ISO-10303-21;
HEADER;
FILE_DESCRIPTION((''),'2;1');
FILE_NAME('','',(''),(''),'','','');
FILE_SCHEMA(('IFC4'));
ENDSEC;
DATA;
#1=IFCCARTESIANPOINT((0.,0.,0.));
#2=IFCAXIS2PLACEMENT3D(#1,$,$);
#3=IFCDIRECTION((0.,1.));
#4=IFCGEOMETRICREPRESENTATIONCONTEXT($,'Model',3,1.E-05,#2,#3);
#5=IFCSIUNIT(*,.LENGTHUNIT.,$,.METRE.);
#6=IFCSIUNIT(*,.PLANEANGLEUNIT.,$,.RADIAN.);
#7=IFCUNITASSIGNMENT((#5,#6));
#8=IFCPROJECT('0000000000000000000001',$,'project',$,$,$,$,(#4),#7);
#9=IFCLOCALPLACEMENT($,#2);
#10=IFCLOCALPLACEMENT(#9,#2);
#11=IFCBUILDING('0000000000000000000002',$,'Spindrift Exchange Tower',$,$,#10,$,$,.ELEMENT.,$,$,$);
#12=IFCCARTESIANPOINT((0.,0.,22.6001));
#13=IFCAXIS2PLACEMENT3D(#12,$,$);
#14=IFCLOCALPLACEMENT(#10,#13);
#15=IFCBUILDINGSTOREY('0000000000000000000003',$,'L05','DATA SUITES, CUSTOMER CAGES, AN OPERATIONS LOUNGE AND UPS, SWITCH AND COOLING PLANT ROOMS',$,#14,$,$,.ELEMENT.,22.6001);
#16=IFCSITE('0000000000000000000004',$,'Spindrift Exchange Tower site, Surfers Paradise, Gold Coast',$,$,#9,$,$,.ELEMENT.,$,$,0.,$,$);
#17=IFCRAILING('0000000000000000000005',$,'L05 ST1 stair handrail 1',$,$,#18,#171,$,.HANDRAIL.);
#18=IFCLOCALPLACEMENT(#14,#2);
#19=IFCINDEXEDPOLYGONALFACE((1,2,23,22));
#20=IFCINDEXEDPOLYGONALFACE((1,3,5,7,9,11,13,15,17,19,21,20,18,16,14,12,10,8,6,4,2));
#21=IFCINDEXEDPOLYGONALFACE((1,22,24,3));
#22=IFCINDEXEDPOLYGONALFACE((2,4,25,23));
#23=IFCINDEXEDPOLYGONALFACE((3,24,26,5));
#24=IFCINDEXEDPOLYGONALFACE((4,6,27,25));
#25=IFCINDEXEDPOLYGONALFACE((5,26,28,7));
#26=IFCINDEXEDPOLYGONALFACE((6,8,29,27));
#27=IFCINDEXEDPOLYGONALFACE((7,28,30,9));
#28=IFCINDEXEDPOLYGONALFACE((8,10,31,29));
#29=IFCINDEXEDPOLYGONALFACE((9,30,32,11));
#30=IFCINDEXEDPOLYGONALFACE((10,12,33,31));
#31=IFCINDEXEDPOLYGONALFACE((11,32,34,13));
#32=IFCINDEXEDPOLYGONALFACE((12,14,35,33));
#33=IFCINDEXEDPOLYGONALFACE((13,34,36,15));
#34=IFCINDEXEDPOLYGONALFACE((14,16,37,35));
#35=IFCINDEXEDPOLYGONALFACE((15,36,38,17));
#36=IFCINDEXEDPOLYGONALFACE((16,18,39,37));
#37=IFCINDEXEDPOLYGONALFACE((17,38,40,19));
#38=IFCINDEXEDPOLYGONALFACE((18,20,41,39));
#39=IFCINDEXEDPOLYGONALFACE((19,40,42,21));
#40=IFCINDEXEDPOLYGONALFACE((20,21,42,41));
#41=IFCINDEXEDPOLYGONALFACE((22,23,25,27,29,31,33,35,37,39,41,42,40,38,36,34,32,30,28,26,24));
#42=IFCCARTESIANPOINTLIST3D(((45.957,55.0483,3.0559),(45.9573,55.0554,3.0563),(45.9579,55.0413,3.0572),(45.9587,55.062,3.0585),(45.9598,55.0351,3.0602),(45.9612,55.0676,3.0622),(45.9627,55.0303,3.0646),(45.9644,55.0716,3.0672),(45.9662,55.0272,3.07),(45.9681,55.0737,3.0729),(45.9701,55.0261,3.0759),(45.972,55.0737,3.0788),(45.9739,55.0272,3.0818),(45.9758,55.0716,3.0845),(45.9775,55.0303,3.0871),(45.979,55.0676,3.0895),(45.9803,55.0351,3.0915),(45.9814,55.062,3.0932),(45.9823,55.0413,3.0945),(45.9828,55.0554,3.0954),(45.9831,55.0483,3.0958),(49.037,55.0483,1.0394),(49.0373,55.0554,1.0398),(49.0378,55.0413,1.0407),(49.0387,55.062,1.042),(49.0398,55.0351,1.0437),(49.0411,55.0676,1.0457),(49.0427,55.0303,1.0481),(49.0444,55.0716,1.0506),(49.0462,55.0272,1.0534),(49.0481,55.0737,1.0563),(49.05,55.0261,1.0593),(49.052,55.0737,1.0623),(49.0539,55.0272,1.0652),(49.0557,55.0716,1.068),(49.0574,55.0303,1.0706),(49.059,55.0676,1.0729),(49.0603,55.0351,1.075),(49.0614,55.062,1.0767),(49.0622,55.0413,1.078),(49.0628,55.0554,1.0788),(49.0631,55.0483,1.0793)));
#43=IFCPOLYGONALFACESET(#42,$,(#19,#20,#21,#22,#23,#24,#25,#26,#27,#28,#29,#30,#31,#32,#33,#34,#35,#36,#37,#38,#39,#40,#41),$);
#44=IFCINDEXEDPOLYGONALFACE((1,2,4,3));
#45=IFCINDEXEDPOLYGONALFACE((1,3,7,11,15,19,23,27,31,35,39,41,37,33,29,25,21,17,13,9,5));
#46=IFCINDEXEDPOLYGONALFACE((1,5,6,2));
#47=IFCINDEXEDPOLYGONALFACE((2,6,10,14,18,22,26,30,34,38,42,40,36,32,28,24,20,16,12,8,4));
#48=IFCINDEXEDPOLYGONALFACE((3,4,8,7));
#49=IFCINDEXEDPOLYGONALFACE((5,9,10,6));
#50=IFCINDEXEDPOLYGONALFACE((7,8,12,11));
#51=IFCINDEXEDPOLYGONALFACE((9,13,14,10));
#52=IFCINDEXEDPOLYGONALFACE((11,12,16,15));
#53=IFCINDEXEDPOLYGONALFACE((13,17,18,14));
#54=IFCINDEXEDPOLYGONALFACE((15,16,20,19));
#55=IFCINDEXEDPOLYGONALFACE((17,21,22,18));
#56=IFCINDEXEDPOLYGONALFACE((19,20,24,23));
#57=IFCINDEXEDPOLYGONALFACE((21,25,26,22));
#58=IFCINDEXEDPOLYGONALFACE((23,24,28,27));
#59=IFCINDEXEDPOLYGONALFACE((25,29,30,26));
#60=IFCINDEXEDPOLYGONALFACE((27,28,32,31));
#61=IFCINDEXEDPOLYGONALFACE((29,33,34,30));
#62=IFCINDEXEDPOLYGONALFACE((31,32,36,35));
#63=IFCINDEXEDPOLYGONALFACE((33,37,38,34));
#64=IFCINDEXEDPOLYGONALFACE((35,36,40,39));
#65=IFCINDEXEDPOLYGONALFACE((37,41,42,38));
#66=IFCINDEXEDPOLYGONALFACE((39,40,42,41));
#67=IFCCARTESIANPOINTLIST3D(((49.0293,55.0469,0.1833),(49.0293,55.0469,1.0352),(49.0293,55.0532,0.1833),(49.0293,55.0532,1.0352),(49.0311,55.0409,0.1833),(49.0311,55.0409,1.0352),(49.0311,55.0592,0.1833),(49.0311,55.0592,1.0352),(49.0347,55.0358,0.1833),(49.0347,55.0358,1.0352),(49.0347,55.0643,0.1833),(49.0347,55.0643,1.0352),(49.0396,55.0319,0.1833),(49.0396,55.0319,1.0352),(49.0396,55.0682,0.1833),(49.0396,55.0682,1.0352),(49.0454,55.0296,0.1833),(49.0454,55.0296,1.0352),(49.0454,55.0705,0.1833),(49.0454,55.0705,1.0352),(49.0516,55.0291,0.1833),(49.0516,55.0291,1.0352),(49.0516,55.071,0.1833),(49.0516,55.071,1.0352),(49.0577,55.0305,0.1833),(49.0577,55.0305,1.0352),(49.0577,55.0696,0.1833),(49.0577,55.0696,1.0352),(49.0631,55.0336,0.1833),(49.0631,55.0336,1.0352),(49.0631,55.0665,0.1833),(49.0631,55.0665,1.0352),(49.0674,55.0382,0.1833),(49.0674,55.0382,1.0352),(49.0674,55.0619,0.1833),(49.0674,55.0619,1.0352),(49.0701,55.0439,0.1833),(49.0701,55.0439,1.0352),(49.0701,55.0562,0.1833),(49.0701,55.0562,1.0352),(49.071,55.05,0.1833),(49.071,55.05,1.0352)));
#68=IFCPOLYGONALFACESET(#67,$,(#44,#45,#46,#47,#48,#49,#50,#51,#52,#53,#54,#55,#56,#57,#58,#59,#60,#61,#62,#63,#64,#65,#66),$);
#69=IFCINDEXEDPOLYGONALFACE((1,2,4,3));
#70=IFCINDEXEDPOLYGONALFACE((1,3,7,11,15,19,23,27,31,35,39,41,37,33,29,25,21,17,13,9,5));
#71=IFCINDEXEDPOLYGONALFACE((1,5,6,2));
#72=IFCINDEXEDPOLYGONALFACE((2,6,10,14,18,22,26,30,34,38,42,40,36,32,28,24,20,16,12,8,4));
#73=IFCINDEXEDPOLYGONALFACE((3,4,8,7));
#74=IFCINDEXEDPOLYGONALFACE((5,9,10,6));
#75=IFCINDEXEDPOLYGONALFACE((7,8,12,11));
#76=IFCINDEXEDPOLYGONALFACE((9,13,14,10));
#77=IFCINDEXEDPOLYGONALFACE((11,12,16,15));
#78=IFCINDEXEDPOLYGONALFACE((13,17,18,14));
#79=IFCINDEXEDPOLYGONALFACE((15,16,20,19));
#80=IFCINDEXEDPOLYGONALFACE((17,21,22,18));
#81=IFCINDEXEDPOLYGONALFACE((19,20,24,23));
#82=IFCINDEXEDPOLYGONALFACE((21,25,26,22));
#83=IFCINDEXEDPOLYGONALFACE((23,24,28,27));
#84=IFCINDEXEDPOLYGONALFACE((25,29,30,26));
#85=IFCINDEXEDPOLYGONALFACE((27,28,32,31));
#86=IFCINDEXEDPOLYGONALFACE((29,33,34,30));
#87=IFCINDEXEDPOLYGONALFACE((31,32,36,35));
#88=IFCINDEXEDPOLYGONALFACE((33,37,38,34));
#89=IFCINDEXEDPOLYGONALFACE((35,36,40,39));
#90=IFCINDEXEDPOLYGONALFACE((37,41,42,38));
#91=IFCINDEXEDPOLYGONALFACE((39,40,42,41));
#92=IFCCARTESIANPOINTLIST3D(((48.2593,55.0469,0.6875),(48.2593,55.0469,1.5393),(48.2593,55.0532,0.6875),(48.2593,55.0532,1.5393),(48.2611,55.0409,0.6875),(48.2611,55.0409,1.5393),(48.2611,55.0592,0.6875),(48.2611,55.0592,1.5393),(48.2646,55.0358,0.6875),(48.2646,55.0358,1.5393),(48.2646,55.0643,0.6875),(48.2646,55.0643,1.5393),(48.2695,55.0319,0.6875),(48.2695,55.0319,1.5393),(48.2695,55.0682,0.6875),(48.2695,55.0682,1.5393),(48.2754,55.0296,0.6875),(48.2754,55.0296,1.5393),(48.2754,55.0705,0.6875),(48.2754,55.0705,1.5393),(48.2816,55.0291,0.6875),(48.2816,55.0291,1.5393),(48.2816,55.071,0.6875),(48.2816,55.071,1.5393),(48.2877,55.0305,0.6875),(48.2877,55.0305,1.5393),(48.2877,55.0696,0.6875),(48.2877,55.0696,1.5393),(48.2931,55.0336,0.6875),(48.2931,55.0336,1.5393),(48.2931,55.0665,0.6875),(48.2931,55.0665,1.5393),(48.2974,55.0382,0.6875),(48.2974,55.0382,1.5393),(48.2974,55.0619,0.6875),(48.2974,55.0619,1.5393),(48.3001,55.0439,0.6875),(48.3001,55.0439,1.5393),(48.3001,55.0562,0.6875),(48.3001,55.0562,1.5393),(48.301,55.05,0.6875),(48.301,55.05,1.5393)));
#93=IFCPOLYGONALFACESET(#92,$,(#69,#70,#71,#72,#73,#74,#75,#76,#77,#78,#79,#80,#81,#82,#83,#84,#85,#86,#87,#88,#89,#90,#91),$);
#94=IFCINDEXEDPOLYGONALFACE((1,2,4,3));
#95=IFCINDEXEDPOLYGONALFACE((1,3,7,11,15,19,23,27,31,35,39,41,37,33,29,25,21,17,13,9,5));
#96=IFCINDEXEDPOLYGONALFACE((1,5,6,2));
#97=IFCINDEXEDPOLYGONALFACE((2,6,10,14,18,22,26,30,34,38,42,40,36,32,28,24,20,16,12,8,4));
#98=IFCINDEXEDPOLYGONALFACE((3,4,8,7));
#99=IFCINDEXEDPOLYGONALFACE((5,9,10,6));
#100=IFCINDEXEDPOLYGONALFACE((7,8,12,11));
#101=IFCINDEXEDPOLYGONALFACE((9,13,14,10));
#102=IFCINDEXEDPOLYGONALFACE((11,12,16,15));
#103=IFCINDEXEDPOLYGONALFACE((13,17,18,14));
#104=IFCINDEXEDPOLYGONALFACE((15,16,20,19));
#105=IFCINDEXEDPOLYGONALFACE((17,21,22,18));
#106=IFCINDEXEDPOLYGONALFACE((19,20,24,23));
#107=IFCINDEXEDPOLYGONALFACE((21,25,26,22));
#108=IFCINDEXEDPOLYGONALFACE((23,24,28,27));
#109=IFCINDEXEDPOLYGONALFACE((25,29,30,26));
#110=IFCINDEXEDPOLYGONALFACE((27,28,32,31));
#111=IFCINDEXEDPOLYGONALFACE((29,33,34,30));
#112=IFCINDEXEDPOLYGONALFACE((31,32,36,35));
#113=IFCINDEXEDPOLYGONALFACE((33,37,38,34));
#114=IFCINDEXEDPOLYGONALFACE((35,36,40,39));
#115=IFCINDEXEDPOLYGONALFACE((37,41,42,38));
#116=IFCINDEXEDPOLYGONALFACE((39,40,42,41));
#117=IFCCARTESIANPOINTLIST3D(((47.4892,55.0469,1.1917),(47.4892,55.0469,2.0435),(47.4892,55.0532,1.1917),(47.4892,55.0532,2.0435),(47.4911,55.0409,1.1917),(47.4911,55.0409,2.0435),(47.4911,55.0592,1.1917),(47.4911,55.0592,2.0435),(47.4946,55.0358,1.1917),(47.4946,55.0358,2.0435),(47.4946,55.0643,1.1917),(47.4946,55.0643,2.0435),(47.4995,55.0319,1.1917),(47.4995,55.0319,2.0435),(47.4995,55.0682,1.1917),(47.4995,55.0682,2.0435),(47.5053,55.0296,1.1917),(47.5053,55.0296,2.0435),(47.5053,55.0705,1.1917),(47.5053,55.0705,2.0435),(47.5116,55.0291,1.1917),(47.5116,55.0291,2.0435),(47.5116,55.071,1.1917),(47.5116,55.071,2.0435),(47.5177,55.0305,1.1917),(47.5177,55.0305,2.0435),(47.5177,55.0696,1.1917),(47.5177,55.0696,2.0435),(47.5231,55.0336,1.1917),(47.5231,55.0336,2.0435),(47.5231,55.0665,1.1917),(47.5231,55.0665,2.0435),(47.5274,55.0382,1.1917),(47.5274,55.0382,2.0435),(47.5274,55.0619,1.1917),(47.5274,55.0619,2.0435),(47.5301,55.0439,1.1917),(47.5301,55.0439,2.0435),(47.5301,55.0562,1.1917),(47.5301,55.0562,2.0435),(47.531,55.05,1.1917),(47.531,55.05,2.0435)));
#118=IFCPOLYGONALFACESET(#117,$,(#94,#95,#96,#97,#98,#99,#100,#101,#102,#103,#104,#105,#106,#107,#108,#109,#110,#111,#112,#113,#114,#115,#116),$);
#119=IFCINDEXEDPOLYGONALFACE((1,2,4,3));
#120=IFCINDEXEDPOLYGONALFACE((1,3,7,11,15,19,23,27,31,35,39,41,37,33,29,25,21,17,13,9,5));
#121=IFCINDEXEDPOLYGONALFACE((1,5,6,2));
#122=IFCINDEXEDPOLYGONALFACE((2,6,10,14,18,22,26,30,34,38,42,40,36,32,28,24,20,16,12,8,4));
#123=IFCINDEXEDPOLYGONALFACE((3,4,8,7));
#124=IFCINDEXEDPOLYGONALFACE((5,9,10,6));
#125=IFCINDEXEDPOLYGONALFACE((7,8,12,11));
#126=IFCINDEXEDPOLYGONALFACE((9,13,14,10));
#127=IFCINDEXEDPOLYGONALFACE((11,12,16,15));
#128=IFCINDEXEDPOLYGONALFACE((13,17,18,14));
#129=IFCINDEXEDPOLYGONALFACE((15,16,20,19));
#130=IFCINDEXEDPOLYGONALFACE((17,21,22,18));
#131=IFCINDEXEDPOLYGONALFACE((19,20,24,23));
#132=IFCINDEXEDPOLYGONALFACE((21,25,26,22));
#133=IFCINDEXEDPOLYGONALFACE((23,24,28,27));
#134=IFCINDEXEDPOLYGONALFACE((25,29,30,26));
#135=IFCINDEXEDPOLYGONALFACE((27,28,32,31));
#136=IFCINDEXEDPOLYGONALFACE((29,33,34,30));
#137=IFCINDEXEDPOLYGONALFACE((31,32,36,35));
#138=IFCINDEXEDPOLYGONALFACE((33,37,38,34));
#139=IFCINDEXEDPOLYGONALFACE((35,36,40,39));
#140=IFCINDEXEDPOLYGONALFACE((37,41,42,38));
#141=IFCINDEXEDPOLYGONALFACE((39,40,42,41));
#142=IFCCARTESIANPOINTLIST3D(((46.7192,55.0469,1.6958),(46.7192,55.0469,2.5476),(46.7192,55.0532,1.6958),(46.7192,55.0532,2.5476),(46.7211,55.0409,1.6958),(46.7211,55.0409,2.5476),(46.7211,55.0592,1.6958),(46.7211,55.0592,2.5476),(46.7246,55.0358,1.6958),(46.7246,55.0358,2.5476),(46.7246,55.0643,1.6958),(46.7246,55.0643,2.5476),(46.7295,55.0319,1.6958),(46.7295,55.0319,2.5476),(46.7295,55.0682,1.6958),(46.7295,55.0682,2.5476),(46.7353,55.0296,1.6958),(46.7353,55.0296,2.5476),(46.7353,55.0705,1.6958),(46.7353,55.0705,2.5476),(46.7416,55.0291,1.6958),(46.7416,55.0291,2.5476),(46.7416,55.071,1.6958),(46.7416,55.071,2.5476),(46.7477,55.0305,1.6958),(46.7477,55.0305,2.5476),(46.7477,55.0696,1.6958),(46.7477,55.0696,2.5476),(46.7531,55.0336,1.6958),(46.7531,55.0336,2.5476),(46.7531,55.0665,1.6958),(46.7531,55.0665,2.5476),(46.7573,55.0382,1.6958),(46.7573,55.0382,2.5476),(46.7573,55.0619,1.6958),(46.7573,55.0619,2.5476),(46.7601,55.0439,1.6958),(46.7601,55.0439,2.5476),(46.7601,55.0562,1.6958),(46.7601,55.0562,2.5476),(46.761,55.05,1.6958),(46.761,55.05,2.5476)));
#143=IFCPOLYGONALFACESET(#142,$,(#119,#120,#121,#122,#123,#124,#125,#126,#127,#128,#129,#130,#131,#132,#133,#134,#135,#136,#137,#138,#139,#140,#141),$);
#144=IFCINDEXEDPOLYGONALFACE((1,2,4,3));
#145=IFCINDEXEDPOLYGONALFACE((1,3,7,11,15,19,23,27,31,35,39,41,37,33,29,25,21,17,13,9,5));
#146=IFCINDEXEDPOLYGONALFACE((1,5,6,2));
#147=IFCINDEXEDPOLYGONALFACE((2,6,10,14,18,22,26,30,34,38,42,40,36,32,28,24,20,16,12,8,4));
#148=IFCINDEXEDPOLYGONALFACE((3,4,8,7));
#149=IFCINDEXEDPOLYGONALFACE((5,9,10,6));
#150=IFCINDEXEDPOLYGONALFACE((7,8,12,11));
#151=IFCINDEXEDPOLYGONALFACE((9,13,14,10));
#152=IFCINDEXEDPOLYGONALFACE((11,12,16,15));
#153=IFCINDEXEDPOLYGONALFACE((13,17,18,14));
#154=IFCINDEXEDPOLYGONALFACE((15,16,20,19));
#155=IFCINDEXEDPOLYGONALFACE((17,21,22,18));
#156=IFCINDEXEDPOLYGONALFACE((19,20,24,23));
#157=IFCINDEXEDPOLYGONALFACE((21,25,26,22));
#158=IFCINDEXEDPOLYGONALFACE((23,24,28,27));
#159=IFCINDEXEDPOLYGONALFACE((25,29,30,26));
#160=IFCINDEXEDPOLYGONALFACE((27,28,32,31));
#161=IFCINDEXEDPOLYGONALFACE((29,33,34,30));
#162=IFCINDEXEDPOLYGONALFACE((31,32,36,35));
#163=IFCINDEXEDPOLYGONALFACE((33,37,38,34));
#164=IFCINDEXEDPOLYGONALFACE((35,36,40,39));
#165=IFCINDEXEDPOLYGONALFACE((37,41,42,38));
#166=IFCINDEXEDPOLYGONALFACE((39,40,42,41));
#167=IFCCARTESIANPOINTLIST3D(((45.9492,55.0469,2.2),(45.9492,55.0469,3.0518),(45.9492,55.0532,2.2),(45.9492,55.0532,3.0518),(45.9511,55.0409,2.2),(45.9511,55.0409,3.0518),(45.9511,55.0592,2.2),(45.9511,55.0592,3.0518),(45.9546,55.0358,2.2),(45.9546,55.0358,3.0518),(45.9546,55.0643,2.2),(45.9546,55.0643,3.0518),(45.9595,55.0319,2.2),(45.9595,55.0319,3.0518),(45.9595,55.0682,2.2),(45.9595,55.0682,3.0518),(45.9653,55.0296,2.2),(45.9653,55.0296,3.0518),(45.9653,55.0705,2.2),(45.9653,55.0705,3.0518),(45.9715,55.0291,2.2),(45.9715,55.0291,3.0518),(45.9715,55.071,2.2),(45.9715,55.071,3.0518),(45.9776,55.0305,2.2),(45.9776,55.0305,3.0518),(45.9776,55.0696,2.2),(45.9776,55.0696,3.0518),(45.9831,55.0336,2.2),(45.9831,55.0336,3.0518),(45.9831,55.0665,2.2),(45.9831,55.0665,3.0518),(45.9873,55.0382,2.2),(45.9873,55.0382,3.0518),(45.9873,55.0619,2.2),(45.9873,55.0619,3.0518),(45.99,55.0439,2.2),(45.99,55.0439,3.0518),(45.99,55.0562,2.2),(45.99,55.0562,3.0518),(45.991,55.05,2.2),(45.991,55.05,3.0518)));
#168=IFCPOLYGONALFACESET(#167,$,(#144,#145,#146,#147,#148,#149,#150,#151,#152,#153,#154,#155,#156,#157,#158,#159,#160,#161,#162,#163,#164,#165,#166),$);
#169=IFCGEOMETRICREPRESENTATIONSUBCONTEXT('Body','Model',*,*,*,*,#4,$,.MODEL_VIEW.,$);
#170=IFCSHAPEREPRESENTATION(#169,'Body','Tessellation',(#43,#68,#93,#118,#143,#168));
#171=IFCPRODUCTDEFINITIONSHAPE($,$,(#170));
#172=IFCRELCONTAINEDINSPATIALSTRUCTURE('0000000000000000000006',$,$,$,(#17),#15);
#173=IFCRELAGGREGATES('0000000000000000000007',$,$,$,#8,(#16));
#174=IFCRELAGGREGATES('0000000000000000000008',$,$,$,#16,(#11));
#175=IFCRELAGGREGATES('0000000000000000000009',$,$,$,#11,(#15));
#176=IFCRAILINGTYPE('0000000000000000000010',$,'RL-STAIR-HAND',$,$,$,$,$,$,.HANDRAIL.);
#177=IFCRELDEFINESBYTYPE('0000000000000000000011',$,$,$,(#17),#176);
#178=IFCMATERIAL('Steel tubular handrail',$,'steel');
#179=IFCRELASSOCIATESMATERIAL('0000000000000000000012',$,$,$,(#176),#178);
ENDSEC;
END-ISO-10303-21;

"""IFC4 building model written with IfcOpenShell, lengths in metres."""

from ifc_helpers import new_model, si_unit, direction, frame, origin, origin_2d, place, context, subcontext, project, spatial, circle, extrude, material, type_object, element, save


model = new_model("IFC4")

# Units and contexts
model_context = context("Model", 3, precision=1e-05, world=origin(), true_north=direction((0.0, 1.0)))
body_context = subcontext(model_context, "Body", "Model", "MODEL_VIEW")
ifc_project = project(units=[si_unit("LENGTHUNIT", "METRE"), si_unit("PLANEANGLEUNIT", "RADIAN")], contexts=[model_context])

# Site, building, storey
site_placement = place(None, origin())
site = spatial("IfcSite", under=ifc_project, at=site_placement, Name="Spindrift Exchange Tower site, Surfers Paradise, Gold Coast", CompositionType="ELEMENT", RefElevation=0.0)
building_placement = place(site_placement, origin())
building = spatial("IfcBuilding", under=site, at=building_placement, Name="Spindrift Exchange Tower", CompositionType="ELEMENT")
storey_placement = place(building_placement, frame((0.0, 0.0, 22.6001)))
storey = spatial("IfcBuildingStorey", under=building, at=storey_placement, Name="L05", Description="DATA SUITES, CUSTOMER CAGES, AN OPERATIONS LOUNGE AND UPS, SWITCH AND COOLING PLANT ROOMS", CompositionType="ELEMENT", Elevation=22.6001)

# Railing
ifc_material_1 = material(Name="Steel tubular handrail", Category="steel")
railing_type_1 = type_object("IfcRailingType", Name="RL-STAIR-HAND", PredefinedType="HANDRAIL", material=ifc_material_1)
railing_1_placement = place(storey_placement, frame((49.05, 55.05, 0.1833)))
element("IfcRailing", 1, at=railing_1_placement, inside=storey, type_object=railing_type_1, Name="L05 ST1 stair handrail 1", PredefinedType="HANDRAIL", context=body_context, shape_type="SweptSolid", body=[
    extrude(circle(Radius=0.0239, at=origin_2d()), frame((0.0, 0.0, 0.876), z_axis=(-0.836633, 0.0, 0.547764), x_axis=(0.0, -1.0, 0.0)), (0.0, 0.0, 1.0), 3.6814),
    extrude(circle(Radius=0.021, at=origin_2d()), origin(), (0.0, 0.0, 1.0), 0.8518),
    extrude(circle(Radius=0.021, at=origin_2d()), frame((-0.77, 0.0, 0.5042)), (0.0, 0.0, 1.0), 0.8518),
    extrude(circle(Radius=0.021, at=origin_2d()), frame((-1.54, 0.0, 1.0083)), (0.0, 0.0, 1.0), 0.8518),
    extrude(circle(Radius=0.021, at=origin_2d()), frame((-2.3101, 0.0, 1.5125)), (0.0, 0.0, 1.0), 0.8518),
    extrude(circle(Radius=0.021, at=origin_2d()), frame((-3.0801, 0.0, 2.0166)), (0.0, 0.0, 1.0), 0.8518),
])

save(model, "model.ifc")
